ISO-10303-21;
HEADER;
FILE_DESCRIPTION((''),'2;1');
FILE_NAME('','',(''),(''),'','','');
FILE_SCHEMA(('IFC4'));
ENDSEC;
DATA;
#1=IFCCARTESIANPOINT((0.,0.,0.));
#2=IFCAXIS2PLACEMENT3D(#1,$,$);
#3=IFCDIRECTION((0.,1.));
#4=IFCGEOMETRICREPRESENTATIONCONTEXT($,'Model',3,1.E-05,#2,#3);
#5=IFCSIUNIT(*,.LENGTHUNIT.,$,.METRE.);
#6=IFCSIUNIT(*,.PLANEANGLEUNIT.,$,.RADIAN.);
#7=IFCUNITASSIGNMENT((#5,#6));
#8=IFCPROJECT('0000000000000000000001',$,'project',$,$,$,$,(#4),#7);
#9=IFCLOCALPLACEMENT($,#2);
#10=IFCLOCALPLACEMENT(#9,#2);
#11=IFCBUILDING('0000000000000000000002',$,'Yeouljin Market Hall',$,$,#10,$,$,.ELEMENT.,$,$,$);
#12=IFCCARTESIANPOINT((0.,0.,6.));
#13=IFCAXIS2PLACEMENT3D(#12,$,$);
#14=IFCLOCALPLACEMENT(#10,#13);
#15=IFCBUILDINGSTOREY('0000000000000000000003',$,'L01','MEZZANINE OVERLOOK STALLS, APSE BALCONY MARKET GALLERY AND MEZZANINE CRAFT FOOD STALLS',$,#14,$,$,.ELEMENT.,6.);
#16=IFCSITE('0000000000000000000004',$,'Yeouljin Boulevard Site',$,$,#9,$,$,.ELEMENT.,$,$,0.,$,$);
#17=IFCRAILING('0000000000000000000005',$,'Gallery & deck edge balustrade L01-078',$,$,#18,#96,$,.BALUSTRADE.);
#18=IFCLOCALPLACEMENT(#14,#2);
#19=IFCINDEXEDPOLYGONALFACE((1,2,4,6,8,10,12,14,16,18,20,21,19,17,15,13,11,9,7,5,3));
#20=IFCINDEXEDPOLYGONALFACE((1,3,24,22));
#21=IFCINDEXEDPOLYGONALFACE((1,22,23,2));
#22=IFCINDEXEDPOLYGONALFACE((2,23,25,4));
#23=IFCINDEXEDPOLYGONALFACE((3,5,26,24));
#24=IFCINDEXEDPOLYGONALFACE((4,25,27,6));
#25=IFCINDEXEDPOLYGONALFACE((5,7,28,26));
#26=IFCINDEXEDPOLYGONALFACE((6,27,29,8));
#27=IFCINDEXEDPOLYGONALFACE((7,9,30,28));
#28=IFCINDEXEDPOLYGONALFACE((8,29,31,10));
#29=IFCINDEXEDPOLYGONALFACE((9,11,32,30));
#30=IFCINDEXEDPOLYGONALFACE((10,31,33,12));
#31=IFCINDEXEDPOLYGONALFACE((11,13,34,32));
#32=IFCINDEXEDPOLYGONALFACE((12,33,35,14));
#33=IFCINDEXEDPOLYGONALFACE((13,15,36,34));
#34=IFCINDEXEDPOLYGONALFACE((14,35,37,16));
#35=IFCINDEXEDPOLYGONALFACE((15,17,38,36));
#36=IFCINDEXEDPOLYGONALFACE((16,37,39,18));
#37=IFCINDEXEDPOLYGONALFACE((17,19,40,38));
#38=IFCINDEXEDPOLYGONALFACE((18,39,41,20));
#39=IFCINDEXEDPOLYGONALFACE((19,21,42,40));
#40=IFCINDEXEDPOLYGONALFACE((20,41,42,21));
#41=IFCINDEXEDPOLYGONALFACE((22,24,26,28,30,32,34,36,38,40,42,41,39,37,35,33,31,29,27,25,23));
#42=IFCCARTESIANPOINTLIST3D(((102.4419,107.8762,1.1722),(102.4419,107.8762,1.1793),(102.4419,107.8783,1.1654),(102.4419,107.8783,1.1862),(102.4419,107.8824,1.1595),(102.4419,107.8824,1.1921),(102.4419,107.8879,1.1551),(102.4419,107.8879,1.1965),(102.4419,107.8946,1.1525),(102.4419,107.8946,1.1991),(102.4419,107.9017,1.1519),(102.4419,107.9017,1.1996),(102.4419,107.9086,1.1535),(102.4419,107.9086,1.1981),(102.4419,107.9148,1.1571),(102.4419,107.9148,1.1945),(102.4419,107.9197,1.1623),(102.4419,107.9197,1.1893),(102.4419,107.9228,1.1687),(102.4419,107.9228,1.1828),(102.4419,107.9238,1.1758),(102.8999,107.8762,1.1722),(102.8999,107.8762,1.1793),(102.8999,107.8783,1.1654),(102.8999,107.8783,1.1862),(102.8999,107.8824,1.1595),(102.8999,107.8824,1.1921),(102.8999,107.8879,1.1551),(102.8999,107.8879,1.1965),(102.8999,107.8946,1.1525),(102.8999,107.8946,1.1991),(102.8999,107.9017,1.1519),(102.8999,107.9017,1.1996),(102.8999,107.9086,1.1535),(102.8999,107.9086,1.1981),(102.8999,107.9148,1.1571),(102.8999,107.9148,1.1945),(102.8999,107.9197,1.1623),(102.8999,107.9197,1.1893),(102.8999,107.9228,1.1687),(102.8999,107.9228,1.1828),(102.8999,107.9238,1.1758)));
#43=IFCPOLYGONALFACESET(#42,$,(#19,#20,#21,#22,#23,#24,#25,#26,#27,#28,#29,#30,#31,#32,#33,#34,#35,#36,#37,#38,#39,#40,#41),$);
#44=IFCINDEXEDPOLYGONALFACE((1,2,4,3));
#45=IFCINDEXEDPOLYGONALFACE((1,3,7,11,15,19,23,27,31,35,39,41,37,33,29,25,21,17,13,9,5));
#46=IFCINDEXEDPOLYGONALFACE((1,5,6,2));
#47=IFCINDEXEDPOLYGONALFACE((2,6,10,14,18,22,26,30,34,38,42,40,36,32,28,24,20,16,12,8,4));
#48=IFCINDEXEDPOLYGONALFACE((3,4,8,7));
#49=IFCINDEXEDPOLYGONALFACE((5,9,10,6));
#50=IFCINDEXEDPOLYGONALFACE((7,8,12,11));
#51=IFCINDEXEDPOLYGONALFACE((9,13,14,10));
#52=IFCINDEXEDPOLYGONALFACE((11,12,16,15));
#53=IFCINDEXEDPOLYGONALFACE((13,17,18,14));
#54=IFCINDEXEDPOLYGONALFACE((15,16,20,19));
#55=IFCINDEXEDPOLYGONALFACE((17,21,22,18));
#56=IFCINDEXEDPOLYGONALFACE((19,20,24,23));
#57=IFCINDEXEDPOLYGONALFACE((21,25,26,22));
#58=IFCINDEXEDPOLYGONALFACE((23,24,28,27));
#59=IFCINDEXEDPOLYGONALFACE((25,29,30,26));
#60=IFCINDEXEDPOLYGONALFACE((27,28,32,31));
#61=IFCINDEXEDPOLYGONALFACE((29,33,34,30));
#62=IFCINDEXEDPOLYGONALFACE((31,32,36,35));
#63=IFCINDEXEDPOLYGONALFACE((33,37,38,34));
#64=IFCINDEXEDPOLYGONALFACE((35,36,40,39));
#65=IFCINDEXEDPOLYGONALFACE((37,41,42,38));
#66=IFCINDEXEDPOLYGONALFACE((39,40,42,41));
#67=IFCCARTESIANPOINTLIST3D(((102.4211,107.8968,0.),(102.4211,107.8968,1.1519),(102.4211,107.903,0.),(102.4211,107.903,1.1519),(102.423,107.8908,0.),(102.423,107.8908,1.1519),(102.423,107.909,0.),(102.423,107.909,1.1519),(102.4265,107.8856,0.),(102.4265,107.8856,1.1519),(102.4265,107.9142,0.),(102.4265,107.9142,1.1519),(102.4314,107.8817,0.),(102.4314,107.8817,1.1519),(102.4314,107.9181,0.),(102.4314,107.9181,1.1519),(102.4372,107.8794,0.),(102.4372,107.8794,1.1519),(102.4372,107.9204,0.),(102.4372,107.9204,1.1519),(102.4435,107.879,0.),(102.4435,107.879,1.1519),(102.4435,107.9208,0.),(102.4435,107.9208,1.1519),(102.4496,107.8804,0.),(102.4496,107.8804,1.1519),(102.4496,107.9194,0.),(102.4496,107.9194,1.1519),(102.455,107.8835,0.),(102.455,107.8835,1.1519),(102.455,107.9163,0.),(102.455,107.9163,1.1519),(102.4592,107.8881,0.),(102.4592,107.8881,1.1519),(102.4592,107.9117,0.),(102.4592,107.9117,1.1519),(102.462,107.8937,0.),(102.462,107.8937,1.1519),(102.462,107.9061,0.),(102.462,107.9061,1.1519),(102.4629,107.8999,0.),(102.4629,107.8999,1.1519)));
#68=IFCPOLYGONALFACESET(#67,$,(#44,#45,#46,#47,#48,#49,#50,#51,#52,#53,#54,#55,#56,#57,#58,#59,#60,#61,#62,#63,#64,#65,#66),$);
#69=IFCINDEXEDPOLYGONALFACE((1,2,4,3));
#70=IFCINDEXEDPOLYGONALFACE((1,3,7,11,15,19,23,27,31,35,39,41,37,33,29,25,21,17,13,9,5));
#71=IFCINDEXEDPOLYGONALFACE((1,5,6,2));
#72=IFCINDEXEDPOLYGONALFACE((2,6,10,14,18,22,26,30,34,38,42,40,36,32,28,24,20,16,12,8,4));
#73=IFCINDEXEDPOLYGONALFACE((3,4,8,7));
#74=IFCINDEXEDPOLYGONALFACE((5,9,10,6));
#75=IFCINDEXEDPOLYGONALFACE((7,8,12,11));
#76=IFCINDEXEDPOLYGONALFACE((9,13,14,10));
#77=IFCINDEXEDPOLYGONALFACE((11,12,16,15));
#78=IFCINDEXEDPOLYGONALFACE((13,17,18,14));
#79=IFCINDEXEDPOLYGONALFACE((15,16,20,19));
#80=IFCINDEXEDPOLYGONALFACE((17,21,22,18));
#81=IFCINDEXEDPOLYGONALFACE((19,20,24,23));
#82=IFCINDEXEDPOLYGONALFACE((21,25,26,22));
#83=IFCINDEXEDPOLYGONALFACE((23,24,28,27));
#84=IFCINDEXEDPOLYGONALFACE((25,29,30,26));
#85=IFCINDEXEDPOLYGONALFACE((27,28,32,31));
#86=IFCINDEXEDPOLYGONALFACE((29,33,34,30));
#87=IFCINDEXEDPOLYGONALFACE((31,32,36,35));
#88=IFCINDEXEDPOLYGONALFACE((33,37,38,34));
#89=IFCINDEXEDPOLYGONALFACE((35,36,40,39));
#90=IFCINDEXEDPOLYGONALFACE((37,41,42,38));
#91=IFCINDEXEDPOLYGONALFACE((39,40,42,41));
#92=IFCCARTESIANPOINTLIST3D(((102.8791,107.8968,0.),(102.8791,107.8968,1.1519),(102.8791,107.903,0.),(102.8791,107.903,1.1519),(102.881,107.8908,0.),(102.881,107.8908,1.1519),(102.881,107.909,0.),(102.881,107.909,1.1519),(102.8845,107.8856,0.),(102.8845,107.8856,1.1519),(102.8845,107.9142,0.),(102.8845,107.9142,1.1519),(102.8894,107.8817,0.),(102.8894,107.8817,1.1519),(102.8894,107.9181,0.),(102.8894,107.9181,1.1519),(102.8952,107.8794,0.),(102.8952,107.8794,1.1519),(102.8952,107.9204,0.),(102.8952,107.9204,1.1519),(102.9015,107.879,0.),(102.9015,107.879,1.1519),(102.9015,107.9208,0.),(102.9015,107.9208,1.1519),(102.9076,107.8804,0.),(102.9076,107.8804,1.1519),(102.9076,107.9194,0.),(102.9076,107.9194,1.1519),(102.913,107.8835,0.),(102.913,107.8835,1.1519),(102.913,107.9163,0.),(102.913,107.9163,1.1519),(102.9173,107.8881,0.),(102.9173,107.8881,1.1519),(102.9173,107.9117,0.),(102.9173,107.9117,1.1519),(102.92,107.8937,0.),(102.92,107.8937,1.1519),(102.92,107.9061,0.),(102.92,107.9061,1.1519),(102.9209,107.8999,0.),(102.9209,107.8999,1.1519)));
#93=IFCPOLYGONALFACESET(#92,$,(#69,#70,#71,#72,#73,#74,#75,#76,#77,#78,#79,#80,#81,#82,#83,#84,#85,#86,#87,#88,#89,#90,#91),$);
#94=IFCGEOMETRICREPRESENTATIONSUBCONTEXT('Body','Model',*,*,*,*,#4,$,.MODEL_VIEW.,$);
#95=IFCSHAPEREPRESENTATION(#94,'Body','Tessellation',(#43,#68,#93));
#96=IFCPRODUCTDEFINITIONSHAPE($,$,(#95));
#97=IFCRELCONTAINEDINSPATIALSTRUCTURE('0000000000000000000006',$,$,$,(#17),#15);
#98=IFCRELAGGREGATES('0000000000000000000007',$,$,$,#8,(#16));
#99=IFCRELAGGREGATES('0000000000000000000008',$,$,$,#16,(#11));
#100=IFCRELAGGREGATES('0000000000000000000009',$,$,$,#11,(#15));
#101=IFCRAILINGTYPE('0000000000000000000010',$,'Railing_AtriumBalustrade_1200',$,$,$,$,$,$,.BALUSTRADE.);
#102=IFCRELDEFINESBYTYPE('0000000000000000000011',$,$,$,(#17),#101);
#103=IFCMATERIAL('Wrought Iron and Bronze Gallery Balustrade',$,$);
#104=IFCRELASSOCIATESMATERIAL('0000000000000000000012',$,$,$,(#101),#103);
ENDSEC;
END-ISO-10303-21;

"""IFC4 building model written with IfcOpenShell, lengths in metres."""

from ifc_helpers import new_model, si_unit, direction, frame, origin, origin_2d, place, context, subcontext, project, spatial, circle, extrude, material, type_object, element, save


model = new_model("IFC4")

# Units and contexts
model_context = context("Model", 3, precision=1e-05, world=origin(), true_north=direction((0.0, 1.0)))
body_context = subcontext(model_context, "Body", "Model", "MODEL_VIEW")
ifc_project = project(units=[si_unit("LENGTHUNIT", "METRE"), si_unit("PLANEANGLEUNIT", "RADIAN")], contexts=[model_context])

# Site, building, storey
site_placement = place(None, origin())
site = spatial("IfcSite", under=ifc_project, at=site_placement, Name="Yeouljin Boulevard Site", CompositionType="ELEMENT", RefElevation=0.0)
building_placement = place(site_placement, origin())
building = spatial("IfcBuilding", under=site, at=building_placement, Name="Yeouljin Market Hall", CompositionType="ELEMENT")
storey_placement = place(building_placement, frame((0.0, 0.0, 6.0)))
storey = spatial("IfcBuildingStorey", under=building, at=storey_placement, Name="L01", Description="MEZZANINE OVERLOOK STALLS, APSE BALCONY MARKET GALLERY AND MEZZANINE CRAFT FOOD STALLS", CompositionType="ELEMENT", Elevation=6.0)

# Railing
ifc_material_1 = material(Name="Wrought Iron and Bronze Gallery Balustrade")
railing_type = type_object("IfcRailingType", Name="Railing_AtriumBalustrade_1200", PredefinedType="BALUSTRADE", material=ifc_material_1)
for number, where, name in (
    (1, (102.4419, 107.8999, 0.0), "Gallery & deck edge balustrade L01-078"),
):
    element("IfcRailing", number, at=place(storey_placement, frame(where)), inside=storey, type_object=railing_type, Name=name, PredefinedType="BALUSTRADE", context=body_context, shape_type="SweptSolid", body=[
        extrude(circle(Radius=0.0239, at=origin_2d()), frame((0.0, 0.0, 1.1758), z_axis=(1.0, 0.0, 0.0), x_axis=(0.0, 1.0, 0.0)), (0.0, 0.0, 1.0), 0.458),
        extrude(circle(Radius=0.021, at=origin_2d()), origin(), (0.0, 0.0, 1.0), 1.1519),
        extrude(circle(Radius=0.021, at=origin_2d()), frame((0.458, 0.0, 0.0)), (0.0, 0.0, 1.0), 1.1519),
    ])

save(model, "model.ifc")
